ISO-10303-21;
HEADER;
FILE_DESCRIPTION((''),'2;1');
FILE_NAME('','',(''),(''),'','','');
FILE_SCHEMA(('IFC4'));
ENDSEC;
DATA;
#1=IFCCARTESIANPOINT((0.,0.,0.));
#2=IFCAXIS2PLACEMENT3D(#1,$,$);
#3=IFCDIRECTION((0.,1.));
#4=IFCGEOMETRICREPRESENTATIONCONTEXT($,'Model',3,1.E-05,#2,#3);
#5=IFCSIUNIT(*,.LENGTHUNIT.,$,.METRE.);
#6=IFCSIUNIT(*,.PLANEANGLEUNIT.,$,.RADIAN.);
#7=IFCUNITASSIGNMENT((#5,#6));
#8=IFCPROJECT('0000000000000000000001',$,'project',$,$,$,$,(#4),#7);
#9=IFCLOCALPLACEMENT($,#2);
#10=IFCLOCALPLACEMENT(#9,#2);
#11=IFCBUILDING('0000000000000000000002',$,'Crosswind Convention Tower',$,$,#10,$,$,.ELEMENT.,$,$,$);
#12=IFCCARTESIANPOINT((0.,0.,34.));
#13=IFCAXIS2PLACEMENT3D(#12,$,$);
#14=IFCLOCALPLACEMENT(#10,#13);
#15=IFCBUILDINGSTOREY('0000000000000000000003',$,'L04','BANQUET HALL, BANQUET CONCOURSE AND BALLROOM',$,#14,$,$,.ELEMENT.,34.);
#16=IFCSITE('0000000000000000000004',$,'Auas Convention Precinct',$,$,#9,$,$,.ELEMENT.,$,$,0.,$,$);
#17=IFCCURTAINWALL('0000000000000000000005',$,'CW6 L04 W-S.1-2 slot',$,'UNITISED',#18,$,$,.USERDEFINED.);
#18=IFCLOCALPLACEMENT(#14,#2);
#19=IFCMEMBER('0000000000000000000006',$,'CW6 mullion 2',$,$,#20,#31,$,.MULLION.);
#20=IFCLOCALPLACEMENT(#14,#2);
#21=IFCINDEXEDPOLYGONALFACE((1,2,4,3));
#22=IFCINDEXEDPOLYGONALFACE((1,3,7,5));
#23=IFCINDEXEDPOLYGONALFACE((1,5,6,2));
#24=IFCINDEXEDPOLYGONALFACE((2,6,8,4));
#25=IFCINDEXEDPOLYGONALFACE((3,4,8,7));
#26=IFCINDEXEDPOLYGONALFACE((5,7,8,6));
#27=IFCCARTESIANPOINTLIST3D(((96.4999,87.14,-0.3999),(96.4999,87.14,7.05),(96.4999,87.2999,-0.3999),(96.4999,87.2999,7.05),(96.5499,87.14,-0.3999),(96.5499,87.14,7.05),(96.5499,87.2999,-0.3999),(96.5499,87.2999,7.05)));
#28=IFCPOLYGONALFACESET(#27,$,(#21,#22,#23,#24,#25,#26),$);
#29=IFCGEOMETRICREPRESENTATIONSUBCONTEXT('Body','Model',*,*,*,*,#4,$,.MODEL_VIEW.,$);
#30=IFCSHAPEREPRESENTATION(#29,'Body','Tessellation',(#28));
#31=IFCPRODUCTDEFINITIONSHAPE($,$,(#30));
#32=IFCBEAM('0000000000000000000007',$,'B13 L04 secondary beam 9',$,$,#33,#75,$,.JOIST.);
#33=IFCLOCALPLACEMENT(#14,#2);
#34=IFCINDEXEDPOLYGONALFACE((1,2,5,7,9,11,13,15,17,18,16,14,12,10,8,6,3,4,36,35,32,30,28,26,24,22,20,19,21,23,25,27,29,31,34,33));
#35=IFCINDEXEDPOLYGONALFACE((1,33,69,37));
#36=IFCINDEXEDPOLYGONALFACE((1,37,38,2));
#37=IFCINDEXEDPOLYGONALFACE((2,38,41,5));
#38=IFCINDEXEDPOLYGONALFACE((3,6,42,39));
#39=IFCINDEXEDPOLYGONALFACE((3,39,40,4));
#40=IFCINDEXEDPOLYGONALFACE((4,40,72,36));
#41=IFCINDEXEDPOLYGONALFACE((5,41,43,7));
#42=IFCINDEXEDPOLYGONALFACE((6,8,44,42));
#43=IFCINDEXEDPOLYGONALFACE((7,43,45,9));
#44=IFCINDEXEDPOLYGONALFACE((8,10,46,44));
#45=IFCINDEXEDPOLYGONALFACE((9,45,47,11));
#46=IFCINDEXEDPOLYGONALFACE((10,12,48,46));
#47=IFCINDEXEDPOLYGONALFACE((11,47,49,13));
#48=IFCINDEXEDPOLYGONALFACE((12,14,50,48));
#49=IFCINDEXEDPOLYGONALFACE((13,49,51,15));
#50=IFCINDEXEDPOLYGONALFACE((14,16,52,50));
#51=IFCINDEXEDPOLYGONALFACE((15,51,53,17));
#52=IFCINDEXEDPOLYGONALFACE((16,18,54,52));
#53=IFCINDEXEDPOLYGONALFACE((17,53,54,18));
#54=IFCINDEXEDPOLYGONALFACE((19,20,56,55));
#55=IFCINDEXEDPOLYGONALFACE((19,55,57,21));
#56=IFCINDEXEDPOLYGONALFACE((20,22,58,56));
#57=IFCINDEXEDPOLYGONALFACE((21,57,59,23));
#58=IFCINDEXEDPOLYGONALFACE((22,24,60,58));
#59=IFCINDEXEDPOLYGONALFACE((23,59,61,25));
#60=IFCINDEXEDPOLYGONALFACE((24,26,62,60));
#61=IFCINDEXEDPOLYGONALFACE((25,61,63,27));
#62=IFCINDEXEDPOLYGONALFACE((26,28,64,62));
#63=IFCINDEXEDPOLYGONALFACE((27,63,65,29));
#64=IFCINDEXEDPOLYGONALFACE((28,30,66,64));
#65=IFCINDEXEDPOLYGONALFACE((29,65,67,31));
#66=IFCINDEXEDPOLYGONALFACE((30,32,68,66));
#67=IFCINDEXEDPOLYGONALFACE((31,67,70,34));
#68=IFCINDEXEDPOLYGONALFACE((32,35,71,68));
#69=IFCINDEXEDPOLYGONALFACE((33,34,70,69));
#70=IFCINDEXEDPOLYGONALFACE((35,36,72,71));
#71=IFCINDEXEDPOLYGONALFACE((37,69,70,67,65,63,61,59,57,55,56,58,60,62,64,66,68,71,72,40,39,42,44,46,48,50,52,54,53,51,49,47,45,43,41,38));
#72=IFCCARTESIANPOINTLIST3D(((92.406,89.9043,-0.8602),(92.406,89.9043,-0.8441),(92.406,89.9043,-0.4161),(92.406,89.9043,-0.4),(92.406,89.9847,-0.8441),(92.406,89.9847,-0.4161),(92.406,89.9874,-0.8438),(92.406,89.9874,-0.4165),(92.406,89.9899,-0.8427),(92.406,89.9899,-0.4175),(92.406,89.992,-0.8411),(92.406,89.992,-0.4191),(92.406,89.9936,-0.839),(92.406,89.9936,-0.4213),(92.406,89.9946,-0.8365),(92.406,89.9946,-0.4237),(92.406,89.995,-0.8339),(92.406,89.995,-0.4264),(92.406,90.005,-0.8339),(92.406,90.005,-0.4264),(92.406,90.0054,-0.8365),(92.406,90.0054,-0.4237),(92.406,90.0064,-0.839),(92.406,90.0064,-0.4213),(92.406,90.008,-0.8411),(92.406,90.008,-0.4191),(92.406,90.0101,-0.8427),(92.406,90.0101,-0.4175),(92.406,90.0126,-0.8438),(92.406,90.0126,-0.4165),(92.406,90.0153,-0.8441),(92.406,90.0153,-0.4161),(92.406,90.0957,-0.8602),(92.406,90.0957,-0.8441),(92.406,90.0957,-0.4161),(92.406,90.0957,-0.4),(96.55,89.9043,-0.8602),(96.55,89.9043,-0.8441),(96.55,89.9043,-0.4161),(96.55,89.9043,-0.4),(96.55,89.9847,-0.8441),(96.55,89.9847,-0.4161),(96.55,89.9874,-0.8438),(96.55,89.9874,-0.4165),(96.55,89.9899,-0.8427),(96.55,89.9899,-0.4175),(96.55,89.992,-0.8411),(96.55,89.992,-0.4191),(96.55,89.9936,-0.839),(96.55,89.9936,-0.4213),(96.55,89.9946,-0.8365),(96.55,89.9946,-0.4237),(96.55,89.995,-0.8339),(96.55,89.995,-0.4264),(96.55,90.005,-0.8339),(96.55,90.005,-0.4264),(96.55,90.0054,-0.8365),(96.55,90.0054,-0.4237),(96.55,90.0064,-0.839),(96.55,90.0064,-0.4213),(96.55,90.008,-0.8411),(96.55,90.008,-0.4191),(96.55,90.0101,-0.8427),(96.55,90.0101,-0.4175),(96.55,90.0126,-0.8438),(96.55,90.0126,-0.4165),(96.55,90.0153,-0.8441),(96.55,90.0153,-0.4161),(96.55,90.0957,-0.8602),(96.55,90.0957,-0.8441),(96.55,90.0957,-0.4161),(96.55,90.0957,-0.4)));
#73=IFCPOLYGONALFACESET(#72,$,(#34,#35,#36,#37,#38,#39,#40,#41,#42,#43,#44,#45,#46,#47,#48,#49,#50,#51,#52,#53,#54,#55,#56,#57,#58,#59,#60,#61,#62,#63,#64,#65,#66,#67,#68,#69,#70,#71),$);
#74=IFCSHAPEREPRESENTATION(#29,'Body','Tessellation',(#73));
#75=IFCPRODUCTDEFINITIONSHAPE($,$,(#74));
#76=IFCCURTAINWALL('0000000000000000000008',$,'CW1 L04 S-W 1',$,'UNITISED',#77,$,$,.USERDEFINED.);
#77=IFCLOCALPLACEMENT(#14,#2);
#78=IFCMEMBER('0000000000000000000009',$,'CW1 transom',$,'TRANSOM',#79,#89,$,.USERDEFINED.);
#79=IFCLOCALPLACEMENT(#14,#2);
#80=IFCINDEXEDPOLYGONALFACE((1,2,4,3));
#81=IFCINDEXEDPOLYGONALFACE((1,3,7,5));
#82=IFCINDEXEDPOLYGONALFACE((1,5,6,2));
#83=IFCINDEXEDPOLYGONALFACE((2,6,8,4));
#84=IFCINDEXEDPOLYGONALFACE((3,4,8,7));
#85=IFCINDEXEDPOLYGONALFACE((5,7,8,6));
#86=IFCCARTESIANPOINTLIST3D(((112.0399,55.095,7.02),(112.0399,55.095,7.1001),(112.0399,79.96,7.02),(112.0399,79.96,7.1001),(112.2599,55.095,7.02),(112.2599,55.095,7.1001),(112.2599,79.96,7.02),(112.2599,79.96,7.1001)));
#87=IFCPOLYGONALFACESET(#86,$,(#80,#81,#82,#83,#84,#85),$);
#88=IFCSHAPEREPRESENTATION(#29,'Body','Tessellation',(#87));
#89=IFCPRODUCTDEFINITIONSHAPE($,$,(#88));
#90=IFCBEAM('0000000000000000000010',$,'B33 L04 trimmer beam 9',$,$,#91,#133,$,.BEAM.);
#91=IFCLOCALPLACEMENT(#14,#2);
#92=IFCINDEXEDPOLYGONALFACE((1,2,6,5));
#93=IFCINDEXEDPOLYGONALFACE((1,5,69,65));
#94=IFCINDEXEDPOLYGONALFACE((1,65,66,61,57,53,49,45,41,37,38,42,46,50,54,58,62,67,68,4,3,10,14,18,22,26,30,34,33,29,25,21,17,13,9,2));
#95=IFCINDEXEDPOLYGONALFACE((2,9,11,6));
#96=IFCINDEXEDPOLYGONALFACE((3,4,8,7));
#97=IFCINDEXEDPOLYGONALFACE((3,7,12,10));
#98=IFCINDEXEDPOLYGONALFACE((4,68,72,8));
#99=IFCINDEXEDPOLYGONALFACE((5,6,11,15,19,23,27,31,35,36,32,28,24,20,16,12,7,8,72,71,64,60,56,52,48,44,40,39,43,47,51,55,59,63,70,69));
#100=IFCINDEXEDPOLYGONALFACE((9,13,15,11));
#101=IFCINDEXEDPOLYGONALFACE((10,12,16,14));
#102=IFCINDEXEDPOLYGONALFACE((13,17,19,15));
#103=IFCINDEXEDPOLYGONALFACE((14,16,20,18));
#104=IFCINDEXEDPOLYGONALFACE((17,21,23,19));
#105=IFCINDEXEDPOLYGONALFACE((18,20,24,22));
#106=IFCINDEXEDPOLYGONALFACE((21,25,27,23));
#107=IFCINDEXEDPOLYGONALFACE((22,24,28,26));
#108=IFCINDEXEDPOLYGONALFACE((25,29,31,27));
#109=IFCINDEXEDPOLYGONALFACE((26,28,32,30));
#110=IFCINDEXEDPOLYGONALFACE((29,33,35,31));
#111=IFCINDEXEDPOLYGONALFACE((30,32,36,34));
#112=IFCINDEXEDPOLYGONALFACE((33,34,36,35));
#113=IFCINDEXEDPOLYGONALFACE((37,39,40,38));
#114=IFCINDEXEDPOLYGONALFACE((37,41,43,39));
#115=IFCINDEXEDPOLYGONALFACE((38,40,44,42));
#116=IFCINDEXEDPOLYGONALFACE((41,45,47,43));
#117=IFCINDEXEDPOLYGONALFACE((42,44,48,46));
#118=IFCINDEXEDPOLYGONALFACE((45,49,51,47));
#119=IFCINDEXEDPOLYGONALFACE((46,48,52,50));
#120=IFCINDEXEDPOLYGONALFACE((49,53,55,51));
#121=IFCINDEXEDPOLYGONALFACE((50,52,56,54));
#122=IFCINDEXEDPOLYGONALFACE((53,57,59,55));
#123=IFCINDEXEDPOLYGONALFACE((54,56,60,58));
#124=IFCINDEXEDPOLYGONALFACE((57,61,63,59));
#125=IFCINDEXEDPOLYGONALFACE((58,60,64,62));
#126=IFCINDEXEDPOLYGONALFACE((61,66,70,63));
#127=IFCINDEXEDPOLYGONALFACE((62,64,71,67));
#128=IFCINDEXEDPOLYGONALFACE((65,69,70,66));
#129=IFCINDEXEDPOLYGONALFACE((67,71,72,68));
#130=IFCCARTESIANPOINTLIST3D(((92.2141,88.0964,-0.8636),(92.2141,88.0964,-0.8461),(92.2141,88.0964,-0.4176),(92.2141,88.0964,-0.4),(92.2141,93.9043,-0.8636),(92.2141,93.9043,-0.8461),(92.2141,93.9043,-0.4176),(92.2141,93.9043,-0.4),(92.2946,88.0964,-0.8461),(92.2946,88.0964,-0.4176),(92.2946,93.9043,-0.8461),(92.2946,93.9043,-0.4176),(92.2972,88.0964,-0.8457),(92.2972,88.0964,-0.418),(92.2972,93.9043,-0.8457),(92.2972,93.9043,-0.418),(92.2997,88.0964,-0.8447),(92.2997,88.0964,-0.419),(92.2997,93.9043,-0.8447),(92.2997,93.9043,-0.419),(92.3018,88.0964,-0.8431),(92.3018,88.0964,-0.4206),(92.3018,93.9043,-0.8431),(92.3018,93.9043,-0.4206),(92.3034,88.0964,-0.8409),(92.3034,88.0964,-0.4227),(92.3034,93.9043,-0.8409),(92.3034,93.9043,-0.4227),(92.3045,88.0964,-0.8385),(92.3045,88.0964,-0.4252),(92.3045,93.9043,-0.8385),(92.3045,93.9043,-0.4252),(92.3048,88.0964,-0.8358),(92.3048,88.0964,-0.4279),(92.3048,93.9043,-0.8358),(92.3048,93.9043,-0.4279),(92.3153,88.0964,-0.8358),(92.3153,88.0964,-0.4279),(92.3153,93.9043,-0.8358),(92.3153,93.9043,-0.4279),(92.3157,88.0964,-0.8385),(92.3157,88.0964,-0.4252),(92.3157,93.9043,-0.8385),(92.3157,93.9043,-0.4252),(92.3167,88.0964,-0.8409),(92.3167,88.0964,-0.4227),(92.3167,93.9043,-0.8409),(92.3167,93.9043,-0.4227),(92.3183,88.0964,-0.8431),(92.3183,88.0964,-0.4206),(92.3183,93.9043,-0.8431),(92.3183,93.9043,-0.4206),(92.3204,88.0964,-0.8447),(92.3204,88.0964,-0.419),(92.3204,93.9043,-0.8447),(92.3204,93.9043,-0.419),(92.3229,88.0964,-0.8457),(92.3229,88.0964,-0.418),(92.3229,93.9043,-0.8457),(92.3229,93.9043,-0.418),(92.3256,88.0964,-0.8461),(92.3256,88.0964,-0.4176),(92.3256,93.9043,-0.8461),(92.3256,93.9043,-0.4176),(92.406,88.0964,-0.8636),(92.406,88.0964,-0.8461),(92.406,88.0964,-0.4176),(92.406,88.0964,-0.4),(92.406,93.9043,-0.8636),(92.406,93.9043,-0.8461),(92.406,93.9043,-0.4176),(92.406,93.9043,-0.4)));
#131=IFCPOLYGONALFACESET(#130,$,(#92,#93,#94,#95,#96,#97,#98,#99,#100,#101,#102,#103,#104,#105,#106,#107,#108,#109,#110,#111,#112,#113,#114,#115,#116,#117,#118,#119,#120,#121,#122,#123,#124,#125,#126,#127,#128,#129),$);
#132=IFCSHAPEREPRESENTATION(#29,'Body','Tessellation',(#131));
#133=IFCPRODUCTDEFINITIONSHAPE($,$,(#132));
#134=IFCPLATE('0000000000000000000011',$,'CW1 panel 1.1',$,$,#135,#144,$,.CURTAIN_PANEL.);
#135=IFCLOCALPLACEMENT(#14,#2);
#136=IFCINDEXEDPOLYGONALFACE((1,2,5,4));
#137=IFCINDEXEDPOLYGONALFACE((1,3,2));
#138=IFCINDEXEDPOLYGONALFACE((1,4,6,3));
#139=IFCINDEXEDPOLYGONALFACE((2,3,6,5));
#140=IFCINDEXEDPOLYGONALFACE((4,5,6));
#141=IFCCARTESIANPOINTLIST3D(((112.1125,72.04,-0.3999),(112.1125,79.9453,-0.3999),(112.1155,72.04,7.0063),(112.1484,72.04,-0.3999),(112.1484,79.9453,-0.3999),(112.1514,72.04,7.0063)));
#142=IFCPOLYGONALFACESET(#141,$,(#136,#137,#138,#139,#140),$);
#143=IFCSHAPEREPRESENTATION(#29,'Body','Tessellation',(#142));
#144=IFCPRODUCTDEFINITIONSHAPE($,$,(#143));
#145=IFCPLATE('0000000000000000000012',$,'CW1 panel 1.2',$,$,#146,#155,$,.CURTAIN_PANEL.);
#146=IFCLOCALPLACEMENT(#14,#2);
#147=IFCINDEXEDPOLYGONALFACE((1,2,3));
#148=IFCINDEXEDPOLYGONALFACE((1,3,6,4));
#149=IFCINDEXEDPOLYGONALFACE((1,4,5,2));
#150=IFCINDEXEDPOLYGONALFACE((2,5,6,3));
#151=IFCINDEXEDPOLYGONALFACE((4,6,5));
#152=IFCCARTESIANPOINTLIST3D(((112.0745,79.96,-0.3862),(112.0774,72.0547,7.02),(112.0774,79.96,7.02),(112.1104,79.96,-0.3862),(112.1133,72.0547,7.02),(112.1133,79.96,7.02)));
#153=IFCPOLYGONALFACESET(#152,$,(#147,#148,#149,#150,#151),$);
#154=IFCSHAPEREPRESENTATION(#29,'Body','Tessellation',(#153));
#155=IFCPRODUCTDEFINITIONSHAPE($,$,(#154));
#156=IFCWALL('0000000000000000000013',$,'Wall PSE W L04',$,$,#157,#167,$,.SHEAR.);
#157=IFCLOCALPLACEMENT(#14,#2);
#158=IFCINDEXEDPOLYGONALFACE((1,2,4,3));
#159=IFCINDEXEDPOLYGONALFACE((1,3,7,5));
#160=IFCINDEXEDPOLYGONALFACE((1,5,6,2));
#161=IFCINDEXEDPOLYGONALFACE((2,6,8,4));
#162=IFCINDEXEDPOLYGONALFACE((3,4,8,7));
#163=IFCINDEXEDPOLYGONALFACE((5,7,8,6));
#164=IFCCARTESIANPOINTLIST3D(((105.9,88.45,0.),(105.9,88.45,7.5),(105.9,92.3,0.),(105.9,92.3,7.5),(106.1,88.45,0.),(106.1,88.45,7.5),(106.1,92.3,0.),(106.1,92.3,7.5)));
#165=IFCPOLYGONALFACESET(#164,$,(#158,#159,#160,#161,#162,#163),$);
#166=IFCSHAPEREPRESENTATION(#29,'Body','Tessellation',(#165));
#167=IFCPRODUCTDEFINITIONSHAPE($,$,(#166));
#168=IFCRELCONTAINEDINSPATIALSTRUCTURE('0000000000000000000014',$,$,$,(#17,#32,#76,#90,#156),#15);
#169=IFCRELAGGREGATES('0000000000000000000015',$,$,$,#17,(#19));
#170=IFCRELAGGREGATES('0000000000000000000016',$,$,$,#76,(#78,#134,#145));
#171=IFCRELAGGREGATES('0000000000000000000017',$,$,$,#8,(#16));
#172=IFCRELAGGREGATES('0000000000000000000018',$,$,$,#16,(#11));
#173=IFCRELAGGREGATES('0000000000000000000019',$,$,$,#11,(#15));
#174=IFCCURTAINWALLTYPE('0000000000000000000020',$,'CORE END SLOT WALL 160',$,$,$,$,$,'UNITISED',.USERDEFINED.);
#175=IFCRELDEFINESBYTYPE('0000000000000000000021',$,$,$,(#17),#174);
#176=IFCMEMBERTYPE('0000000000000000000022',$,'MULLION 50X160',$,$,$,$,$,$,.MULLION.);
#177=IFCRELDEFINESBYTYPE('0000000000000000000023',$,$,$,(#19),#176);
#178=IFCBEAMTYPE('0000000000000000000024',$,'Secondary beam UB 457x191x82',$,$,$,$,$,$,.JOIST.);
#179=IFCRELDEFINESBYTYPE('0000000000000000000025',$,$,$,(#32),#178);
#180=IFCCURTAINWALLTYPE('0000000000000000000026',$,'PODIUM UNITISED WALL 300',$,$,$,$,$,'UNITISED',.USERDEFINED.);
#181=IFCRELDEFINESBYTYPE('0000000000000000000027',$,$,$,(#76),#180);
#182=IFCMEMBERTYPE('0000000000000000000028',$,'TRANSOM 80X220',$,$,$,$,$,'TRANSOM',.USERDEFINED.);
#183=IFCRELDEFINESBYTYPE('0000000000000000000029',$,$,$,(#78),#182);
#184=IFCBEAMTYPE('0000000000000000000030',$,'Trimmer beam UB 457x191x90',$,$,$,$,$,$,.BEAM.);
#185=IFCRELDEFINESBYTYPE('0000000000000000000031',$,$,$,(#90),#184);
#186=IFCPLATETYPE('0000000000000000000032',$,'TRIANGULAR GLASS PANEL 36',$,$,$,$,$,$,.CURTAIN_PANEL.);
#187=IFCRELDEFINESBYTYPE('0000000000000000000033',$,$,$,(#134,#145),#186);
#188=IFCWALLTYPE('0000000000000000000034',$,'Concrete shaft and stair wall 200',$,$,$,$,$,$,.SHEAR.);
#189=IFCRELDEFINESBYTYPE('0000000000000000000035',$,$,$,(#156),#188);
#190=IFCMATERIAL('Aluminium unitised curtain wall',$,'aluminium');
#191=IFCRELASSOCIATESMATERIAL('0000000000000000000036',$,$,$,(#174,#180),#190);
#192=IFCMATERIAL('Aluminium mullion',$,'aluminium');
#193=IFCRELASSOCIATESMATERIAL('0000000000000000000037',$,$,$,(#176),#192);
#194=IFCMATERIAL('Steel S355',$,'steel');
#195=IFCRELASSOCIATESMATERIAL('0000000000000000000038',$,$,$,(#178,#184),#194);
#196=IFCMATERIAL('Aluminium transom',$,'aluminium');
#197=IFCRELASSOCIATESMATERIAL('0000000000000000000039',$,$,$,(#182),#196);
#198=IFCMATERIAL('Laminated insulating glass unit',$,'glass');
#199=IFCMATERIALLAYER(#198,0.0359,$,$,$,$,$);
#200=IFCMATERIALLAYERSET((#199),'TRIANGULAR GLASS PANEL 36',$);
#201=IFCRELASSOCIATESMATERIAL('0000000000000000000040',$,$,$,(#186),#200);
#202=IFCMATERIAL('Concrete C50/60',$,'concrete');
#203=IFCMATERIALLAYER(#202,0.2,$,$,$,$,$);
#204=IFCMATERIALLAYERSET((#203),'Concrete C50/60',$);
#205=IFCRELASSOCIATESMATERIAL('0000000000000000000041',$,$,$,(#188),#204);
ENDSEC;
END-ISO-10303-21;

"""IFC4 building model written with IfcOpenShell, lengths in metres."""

from ifc_helpers import new_model, si_unit, direction, frame, frame_2d, origin, origin_2d, place, context, subcontext, project, spatial, polyline, rectangle, i_section, outline, extrude, material, layer, layer_set, material_profile, profile_set, type_object, element, aggregate, save


model = new_model("IFC4")

# Units and contexts
model_context = context("Model", 3, precision=1e-05, world=origin(), true_north=direction((0.0, 1.0)))
body_context = subcontext(model_context, "Body", "Model", "MODEL_VIEW")
ifc_project = project(units=[si_unit("LENGTHUNIT", "METRE"), si_unit("PLANEANGLEUNIT", "RADIAN")], contexts=[model_context])

# Site, building, storey
site_placement = place(None, origin())
site = spatial("IfcSite", under=ifc_project, at=site_placement, Name="Auas Convention Precinct", CompositionType="ELEMENT", RefElevation=0.0)
building_placement = place(site_placement, origin())
building = spatial("IfcBuilding", under=site, at=building_placement, Name="Crosswind Convention Tower", CompositionType="ELEMENT")
storey_placement = place(building_placement, frame((0.0, 0.0, 34.0)))
storey = spatial("IfcBuildingStorey", under=building, at=storey_placement, Name="L04", Description="BANQUET HALL, BANQUET CONCOURSE AND BALLROOM", CompositionType="ELEMENT", Elevation=34.0)

# Curtain wall, member
ifc_material_1 = material(Name="Aluminium unitised curtain wall", Category="aluminium")
curtain_wall_type_1 = type_object("IfcCurtainWallType", Name="CORE END SLOT WALL 160", ElementType="UNITISED", PredefinedType="USERDEFINED", material=ifc_material_1)
curtain_wall_1_placement = place(storey_placement, origin())
curtain_wall_1 = element("IfcCurtainWall", 1, at=curtain_wall_1_placement, inside=storey, type_object=curtain_wall_type_1, Name="CW6 L04 W-S.1-2 slot", ObjectType="UNITISED", PredefinedType="USERDEFINED")
ifc_material_2 = material(Name="Aluminium mullion", Category="aluminium")
ifc_material_profile_1 = material_profile(ifc_material_2, rectangle(XDim=0.1599, YDim=0.05, at=origin_2d()), Name="AL 160X50")
ifc_profile_set_1 = profile_set([ifc_material_profile_1], Name="Aluminium mullion")
member_type_1 = type_object("IfcMemberType", Name="MULLION 50X160", PredefinedType="MULLION", material=ifc_profile_set_1)
member_1_placement = place(storey_placement, frame((96.5249, 87.22, -0.3999), z_axis=(0.0, 0.0, 1.0), x_axis=(0.0, -1.0, 0.0)))
member_1 = element("IfcMember", 2, at=member_1_placement, type_object=member_type_1, Name="CW6 mullion 2", PredefinedType="MULLION", context=body_context, shape_type="SweptSolid", body=[
    extrude(rectangle(XDim=0.1599, YDim=0.05, at=origin_2d()), origin(), (0.0, 0.0, 1.0), 7.45),
])
aggregate(curtain_wall_1, [member_1])

# Beam
ifc_material_3 = material(Name="Steel S355", Category="steel")
ifc_material_profile_2 = material_profile(ifc_material_3, i_section(OverallWidth=0.1914, OverallDepth=0.4602, WebThickness=0.01, FlangeThickness=0.0161, FilletRadius=0.0103, at=origin_2d()), Name="UB 457x191x82")
ifc_profile_set_2 = profile_set([ifc_material_profile_2], Name="Steel S355")
beam_type_1 = type_object("IfcBeamType", Name="Secondary beam UB 457x191x82", PredefinedType="JOIST", material=ifc_profile_set_2)
beam_1_placement = place(storey_placement, frame((92.406, 90.0, -0.6301), z_axis=(1.0, 0.0, 0.0), x_axis=(0.0, 1.0, 0.0)))
element("IfcBeam", 3, at=beam_1_placement, inside=storey, type_object=beam_type_1, Name="B13 L04 secondary beam 9", PredefinedType="JOIST", context=body_context, shape_type="SweptSolid", body=[
    extrude(i_section(OverallWidth=0.1914, OverallDepth=0.4602, WebThickness=0.01, FlangeThickness=0.0161, FilletRadius=0.0103, at=origin_2d()), origin(), (0.0, 0.0, 1.0), 4.144),
])

# Curtain wall, member
curtain_wall_type_2 = type_object("IfcCurtainWallType", Name="PODIUM UNITISED WALL 300", ElementType="UNITISED", PredefinedType="USERDEFINED", material=ifc_material_1)
curtain_wall_2_placement = place(storey_placement, origin())
curtain_wall_2 = element("IfcCurtainWall", 4, at=curtain_wall_2_placement, inside=storey, type_object=curtain_wall_type_2, Name="CW1 L04 S-W 1", ObjectType="UNITISED", PredefinedType="USERDEFINED")
ifc_material_4 = material(Name="Aluminium transom", Category="aluminium")
ifc_material_profile_3 = material_profile(ifc_material_4, rectangle(XDim=0.22, YDim=0.0801, at=origin_2d()), Name="AL 220X80")
ifc_profile_set_3 = profile_set([ifc_material_profile_3], Name="Aluminium transom")
member_type_2 = type_object("IfcMemberType", Name="TRANSOM 80X220", ElementType="TRANSOM", PredefinedType="USERDEFINED", material=ifc_profile_set_3)
member_2_placement = place(storey_placement, frame((112.1499, 79.96, 7.0601), z_axis=(0.0, -1.0, 0.0), x_axis=(1.0, 0.0, 0.0)))
member_2 = element("IfcMember", 5, at=member_2_placement, type_object=member_type_2, Name="CW1 transom", ObjectType="TRANSOM", PredefinedType="USERDEFINED", context=body_context, shape_type="SweptSolid", body=[
    extrude(rectangle(XDim=0.22, YDim=0.0801, at=origin_2d()), origin(), (0.0, 0.0, 1.0), 24.865),
])

# Beam
ifc_material_profile_4 = material_profile(ifc_material_3, i_section(OverallWidth=0.1919, OverallDepth=0.4636, WebThickness=0.0105, FlangeThickness=0.0176, FilletRadius=0.0103, at=origin_2d()), Name="UB 457x191x90")
ifc_profile_set_4 = profile_set([ifc_material_profile_4], Name="Steel S355")
beam_type_2 = type_object("IfcBeamType", Name="Trimmer beam UB 457x191x90", PredefinedType="BEAM", material=ifc_profile_set_4)
beam_2_placement = place(storey_placement, frame((92.3101, 88.0964, -0.6318), z_axis=(0.0, 1.0, 0.0), x_axis=(-1.0, 0.0, 0.0)))
element("IfcBeam", 6, at=beam_2_placement, inside=storey, type_object=beam_type_2, Name="B33 L04 trimmer beam 9", PredefinedType="BEAM", context=body_context, shape_type="SweptSolid", body=[
    extrude(i_section(OverallWidth=0.1919, OverallDepth=0.4636, WebThickness=0.0105, FlangeThickness=0.0176, FilletRadius=0.0103, at=origin_2d()), origin(), (0.0, 0.0, 1.0), 5.8079),
])

# Plates
ifc_material_5 = material(Name="Laminated insulating glass unit", Category="glass")
ifc_layer_1 = layer(ifc_material_5, 0.0359)
ifc_layer_set_1 = layer_set([ifc_layer_1], Name="TRIANGULAR GLASS PANEL 36")
plate_type = type_object("IfcPlateType", Name="TRIANGULAR GLASS PANEL 36", PredefinedType="CURTAIN_PANEL", material=ifc_layer_set_1)
plate_1_placement = place(storey_placement, frame((112.1125, 72.04, -0.3999), z_axis=(-1.0, 0.0, 0.000396), x_axis=(0.000396, 0.0, 1.0)))
plate_1 = element("IfcPlate", 7, at=plate_1_placement, type_object=plate_type, Name="CW1 panel 1.1", PredefinedType="CURTAIN_PANEL", context=body_context, shape_type="SweptSolid", body=[
    extrude(outline(polyline([(0.0, 0.0), (7.4063, 0.0), (0.0, 7.9053), (0.0, 0.0)])), origin(), (0.0, 0.0, -1.0), 0.0359),
])
plate_2_placement = place(storey_placement, frame((112.0774, 79.96, 7.02), z_axis=(-1.0, 0.0, 0.000396), x_axis=(-0.000396, 0.0, -1.0)))
plate_2 = element("IfcPlate", 8, at=plate_2_placement, type_object=plate_type, Name="CW1 panel 1.2", PredefinedType="CURTAIN_PANEL", context=body_context, shape_type="SweptSolid", body=[
    extrude(outline(polyline([(0.0, 0.0), (7.4063, 0.0), (0.0, 7.9053), (0.0, 0.0)])), origin(), (0.0, 0.0, -1.0), 0.0359),
])

# Wall
ifc_material_6 = material(Name="Concrete C50/60", Category="concrete")
ifc_layer_2 = layer(ifc_material_6, 0.2)
ifc_layer_set_2 = layer_set([ifc_layer_2], Name="Concrete C50/60")
wall_type_1 = type_object("IfcWallType", Name="Concrete shaft and stair wall 200", PredefinedType="SHEAR", material=ifc_layer_set_2)
wall_1_placement = place(storey_placement, frame((106.0, 92.3, 0.0), z_axis=(0.0, 0.0, 1.0), x_axis=(0.0, -1.0, 0.0)))
element("IfcWall", 9, at=wall_1_placement, inside=storey, type_object=wall_type_1, Name="Wall PSE W L04", PredefinedType="SHEAR", context=body_context, shape_type="SweptSolid", body=[
    extrude(rectangle(XDim=3.8501, YDim=0.2, at=frame_2d((1.925, 0.0))), origin(), (0.0, 0.0, 1.0), 7.5),
])

aggregate(curtain_wall_2, [member_2, plate_1, plate_2])

save(model, "model.ifc")
